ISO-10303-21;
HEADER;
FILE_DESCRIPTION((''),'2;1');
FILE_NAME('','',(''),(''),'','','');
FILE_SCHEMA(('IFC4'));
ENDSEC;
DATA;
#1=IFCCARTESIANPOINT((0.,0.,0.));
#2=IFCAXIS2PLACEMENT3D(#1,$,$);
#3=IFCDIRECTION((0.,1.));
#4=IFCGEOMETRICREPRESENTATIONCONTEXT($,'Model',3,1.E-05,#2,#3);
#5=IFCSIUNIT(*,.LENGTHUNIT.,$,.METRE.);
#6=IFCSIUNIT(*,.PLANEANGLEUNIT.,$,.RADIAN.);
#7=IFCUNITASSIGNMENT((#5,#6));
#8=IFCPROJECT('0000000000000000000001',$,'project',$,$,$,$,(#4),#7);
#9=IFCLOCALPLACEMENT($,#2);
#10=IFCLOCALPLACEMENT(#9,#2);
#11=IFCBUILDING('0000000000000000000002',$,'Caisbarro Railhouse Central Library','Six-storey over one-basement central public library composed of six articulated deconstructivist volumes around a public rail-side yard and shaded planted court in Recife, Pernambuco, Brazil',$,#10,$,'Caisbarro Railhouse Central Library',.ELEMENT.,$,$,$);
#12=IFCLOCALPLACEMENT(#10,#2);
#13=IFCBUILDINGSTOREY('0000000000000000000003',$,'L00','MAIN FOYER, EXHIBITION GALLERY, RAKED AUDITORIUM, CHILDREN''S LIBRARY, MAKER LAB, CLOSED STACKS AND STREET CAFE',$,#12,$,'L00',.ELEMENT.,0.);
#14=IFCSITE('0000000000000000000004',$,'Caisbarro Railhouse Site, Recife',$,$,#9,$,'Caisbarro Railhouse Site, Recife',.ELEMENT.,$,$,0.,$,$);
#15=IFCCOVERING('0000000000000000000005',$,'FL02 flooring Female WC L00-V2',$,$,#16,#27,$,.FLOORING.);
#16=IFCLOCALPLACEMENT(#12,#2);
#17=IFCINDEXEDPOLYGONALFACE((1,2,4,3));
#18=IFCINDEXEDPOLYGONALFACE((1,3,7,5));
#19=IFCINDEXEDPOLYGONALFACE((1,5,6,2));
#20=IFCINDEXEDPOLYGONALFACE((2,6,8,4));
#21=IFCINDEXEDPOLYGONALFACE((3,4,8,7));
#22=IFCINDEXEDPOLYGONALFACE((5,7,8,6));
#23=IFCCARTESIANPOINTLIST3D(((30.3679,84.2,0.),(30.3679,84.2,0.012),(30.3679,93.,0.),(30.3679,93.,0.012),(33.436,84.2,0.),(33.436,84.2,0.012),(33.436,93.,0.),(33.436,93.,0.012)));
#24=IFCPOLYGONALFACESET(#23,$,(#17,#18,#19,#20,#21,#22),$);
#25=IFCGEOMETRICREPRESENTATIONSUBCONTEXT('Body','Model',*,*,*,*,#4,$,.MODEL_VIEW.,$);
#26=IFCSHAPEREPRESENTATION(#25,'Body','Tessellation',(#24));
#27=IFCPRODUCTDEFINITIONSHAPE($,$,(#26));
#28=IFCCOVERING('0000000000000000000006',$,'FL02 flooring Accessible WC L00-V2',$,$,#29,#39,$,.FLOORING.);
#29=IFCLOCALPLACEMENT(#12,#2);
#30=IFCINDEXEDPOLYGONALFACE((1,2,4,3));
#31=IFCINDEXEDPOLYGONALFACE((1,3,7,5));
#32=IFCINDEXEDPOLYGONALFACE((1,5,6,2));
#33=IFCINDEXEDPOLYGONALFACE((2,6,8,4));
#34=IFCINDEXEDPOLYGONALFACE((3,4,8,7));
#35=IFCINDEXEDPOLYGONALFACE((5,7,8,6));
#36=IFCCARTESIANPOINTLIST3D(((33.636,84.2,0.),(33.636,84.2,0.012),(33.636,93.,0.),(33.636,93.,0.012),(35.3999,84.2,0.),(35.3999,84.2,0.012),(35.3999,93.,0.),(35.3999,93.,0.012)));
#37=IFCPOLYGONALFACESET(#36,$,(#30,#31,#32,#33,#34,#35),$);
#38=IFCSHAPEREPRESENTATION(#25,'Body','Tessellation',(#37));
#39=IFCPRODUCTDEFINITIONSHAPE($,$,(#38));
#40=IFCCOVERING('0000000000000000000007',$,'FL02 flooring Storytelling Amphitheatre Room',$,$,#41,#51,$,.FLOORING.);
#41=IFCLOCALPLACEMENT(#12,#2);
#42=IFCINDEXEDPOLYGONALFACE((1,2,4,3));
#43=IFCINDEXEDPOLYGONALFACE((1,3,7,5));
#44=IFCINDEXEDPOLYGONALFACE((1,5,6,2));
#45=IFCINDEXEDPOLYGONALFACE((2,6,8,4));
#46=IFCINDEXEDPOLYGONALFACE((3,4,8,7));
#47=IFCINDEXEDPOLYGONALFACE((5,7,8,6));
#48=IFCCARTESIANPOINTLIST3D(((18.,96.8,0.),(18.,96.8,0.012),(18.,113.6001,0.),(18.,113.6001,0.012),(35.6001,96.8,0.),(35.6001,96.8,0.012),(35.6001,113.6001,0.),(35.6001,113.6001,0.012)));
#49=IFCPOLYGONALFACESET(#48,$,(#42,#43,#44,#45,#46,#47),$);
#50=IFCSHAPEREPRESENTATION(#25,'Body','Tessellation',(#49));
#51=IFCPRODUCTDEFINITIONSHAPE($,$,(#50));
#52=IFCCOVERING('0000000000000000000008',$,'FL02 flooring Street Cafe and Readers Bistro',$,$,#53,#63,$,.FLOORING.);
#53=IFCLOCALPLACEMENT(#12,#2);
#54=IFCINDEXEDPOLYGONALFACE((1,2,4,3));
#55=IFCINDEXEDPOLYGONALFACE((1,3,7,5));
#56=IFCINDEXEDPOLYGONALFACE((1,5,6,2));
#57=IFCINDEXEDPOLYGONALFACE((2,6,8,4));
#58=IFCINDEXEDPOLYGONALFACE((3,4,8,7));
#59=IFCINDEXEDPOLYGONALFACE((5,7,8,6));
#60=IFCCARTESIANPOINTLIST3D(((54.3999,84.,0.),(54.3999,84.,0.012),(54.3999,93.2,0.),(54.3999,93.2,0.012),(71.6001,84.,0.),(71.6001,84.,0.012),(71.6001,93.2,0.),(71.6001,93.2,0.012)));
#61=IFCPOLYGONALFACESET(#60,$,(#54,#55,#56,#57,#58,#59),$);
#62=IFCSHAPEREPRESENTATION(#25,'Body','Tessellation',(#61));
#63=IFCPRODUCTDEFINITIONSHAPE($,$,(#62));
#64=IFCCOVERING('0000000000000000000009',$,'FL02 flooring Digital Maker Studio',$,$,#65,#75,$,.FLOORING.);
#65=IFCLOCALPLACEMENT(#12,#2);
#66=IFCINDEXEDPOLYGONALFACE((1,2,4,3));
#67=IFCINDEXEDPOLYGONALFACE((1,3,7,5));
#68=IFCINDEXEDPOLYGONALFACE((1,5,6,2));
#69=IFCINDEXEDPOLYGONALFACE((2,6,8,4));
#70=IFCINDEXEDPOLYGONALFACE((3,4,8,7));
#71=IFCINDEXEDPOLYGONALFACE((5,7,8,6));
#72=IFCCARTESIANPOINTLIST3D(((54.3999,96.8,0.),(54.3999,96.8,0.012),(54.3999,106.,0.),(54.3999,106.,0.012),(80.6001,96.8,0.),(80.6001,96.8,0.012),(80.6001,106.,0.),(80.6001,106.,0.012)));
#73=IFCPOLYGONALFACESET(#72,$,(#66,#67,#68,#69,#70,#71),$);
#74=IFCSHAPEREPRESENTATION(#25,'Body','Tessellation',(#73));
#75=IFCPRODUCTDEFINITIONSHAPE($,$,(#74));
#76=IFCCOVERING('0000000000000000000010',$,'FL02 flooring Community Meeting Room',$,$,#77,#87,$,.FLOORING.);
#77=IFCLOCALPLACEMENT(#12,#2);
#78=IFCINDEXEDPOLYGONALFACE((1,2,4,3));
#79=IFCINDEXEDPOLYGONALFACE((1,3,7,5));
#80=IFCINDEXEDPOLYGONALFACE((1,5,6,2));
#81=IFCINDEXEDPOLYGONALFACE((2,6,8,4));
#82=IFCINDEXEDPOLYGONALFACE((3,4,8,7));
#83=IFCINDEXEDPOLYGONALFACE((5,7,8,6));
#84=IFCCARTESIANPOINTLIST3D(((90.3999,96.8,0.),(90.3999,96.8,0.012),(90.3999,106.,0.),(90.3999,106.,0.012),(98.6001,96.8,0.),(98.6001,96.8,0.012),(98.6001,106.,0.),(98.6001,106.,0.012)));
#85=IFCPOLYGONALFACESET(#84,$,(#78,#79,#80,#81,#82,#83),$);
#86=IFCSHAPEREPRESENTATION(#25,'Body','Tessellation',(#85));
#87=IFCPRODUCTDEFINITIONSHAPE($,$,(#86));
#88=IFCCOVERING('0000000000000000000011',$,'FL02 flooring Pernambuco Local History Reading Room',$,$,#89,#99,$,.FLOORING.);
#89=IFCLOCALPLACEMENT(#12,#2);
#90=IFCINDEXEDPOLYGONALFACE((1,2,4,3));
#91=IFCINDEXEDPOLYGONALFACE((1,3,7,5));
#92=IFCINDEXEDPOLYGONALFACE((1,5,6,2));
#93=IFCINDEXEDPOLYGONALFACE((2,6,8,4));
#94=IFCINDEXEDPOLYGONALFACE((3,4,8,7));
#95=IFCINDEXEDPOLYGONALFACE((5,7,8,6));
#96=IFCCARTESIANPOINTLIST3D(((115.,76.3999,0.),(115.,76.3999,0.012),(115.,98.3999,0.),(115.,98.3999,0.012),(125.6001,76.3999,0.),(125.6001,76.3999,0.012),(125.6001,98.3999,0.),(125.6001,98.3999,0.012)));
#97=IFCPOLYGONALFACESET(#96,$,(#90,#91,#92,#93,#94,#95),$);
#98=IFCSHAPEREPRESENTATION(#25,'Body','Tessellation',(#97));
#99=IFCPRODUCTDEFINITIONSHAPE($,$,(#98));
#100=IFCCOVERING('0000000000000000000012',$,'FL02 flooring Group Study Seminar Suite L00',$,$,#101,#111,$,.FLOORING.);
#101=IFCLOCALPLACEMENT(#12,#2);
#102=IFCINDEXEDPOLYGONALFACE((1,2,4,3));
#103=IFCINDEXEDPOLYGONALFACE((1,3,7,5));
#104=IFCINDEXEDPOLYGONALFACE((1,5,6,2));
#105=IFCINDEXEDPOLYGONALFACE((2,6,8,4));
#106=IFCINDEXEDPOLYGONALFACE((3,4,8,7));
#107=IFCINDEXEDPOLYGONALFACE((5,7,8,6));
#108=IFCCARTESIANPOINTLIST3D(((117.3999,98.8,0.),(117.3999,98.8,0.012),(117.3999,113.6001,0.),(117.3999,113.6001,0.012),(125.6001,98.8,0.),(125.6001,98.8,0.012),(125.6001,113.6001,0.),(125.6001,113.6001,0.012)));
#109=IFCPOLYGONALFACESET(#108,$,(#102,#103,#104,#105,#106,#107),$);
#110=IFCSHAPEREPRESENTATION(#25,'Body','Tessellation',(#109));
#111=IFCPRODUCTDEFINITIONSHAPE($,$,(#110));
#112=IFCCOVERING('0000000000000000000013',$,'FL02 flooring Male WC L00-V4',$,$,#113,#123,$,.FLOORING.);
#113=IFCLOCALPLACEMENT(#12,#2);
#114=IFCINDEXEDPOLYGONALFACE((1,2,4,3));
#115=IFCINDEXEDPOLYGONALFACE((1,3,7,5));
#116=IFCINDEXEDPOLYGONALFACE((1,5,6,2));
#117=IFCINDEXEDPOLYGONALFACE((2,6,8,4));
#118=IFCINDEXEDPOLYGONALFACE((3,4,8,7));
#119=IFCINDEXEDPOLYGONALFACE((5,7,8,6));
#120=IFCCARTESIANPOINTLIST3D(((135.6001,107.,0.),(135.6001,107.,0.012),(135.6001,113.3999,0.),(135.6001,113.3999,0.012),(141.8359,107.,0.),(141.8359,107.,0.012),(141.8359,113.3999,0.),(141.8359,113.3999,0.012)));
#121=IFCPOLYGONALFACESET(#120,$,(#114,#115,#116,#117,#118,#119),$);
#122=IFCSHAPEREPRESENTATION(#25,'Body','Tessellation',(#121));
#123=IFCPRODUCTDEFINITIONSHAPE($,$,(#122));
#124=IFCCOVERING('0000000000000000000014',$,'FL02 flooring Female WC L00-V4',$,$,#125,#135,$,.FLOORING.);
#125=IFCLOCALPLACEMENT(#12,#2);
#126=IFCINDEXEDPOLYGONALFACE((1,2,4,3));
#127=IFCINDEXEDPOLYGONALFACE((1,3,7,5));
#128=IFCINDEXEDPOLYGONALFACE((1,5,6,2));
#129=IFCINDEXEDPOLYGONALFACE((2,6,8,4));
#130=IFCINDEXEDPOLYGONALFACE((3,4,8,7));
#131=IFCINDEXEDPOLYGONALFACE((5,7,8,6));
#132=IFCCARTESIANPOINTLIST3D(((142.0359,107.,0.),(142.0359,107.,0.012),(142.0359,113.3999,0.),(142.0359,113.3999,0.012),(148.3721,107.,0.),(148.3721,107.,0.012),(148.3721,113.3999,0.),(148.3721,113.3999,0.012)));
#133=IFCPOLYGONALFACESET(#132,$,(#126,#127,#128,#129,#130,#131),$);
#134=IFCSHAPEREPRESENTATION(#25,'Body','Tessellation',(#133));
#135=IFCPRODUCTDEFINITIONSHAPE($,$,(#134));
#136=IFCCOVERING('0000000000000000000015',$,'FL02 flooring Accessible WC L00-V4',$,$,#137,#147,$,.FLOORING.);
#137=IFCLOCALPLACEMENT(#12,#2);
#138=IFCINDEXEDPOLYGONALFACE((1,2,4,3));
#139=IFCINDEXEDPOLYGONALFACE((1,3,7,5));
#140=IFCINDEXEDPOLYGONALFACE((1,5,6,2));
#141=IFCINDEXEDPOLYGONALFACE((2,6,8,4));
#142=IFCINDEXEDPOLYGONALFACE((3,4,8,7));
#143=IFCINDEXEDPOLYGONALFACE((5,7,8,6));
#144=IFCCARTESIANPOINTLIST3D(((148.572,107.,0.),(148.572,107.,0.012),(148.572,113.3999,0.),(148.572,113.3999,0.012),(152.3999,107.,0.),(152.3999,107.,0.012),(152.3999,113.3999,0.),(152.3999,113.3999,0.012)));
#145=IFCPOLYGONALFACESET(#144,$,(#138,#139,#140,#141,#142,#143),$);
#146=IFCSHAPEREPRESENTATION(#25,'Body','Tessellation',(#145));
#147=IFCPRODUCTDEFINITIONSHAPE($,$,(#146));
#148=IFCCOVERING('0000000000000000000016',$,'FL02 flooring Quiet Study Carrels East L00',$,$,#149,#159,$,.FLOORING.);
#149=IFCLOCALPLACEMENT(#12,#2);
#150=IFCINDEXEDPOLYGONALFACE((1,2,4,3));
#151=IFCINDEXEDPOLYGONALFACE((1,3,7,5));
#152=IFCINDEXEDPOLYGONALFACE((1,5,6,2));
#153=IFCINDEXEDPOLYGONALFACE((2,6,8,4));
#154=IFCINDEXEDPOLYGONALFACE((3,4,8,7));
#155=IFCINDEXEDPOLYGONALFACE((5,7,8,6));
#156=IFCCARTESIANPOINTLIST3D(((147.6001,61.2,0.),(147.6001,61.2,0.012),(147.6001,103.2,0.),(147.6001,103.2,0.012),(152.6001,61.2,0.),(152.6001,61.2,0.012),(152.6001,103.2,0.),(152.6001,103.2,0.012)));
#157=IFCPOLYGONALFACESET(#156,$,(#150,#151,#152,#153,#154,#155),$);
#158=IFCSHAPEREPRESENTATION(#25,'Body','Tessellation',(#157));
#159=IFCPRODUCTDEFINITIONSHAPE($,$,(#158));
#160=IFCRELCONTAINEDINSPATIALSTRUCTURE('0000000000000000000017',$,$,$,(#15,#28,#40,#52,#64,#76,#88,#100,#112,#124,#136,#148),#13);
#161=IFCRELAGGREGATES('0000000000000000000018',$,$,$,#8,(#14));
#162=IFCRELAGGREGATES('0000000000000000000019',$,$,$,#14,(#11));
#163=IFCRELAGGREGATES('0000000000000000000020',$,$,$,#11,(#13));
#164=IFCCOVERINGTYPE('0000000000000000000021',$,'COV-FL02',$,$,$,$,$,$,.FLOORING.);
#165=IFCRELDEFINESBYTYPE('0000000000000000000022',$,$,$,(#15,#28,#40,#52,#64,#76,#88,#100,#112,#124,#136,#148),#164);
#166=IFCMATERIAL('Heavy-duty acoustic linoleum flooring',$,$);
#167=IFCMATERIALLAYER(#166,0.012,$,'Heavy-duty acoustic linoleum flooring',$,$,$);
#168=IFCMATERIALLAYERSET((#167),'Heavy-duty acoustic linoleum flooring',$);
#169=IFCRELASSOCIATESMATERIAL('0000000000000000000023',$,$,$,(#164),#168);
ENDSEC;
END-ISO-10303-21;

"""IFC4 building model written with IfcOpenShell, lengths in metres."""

from ifc_helpers import new_model, si_unit, direction, origin, place, context, subcontext, project, spatial, polyline, outline, extrude, material, layer, layer_set, type_object, element, save


model = new_model("IFC4")

# Units and contexts
model_context = context("Model", 3, precision=1e-05, world=origin(), true_north=direction((0.0, 1.0)))
body_context = subcontext(model_context, "Body", "Model", "MODEL_VIEW")
ifc_project = project(units=[si_unit("LENGTHUNIT", "METRE"), si_unit("PLANEANGLEUNIT", "RADIAN")], contexts=[model_context])

# Site, building, storey
site_placement = place(None, origin())
site = spatial("IfcSite", under=ifc_project, at=site_placement, Name="Caisbarro Railhouse Site, Recife", LongName="Caisbarro Railhouse Site, Recife", CompositionType="ELEMENT", RefElevation=0.0)
building_placement = place(site_placement, origin())
building = spatial("IfcBuilding", under=site, at=building_placement, Name="Caisbarro Railhouse Central Library", Description="Six-storey over one-basement central public library composed of six articulated deconstructivist volumes around a public rail-side yard and shaded planted court in Recife, Pernambuco, Brazil", LongName="Caisbarro Railhouse Central Library", CompositionType="ELEMENT")
storey_placement = place(building_placement, origin())
storey = spatial("IfcBuildingStorey", under=building, at=storey_placement, Name="L00", Description="MAIN FOYER, EXHIBITION GALLERY, RAKED AUDITORIUM, CHILDREN'S LIBRARY, MAKER LAB, CLOSED STACKS AND STREET CAFE", LongName="L00", CompositionType="ELEMENT", Elevation=0.0)

# Coverings
ifc_material_1 = material(Name="Heavy-duty acoustic linoleum flooring")
ifc_layer_1 = layer(ifc_material_1, 0.012, Name="Heavy-duty acoustic linoleum flooring")
ifc_layer_set_1 = layer_set([ifc_layer_1], Name="Heavy-duty acoustic linoleum flooring")
covering_type_1 = type_object("IfcCoveringType", Name="COV-FL02", PredefinedType="FLOORING", material=ifc_layer_set_1)
covering_1_placement = place(storey_placement, origin())
element("IfcCovering", 1, at=covering_1_placement, inside=storey, type_object=covering_type_1, Name="FL02 flooring Female WC L00-V2", PredefinedType="FLOORING", context=body_context, shape_type="SweptSolid", body=[
    extrude(outline(polyline([(30.3679, 84.2), (33.436, 84.2), (33.436, 93.0), (30.3679, 93.0), (30.3679, 84.2)])), origin(), (0.0, 0.0, 1.0), 0.012),
])
covering_2_placement = place(storey_placement, origin())
element("IfcCovering", 2, at=covering_2_placement, inside=storey, type_object=covering_type_1, Name="FL02 flooring Accessible WC L00-V2", PredefinedType="FLOORING", context=body_context, shape_type="SweptSolid", body=[
    extrude(outline(polyline([(33.636, 84.2), (35.3999, 84.2), (35.3999, 93.0), (33.636, 93.0), (33.636, 84.2)])), origin(), (0.0, 0.0, 1.0), 0.012),
])
covering_3_placement = place(storey_placement, origin())
element("IfcCovering", 3, at=covering_3_placement, inside=storey, type_object=covering_type_1, Name="FL02 flooring Storytelling Amphitheatre Room", PredefinedType="FLOORING", context=body_context, shape_type="SweptSolid", body=[
    extrude(outline(polyline([(18.0, 96.8), (35.6001, 96.8), (35.6001, 113.6001), (18.0, 113.6001), (18.0, 96.8)])), origin(), (0.0, 0.0, 1.0), 0.012),
])
covering_4_placement = place(storey_placement, origin())
element("IfcCovering", 4, at=covering_4_placement, inside=storey, type_object=covering_type_1, Name="FL02 flooring Street Cafe and Readers Bistro", PredefinedType="FLOORING", context=body_context, shape_type="SweptSolid", body=[
    extrude(outline(polyline([(54.3999, 84.0), (71.6001, 84.0), (71.6001, 93.2), (54.3999, 93.2), (54.3999, 84.0)])), origin(), (0.0, 0.0, 1.0), 0.012),
])
covering_5_placement = place(storey_placement, origin())
element("IfcCovering", 5, at=covering_5_placement, inside=storey, type_object=covering_type_1, Name="FL02 flooring Digital Maker Studio", PredefinedType="FLOORING", context=body_context, shape_type="SweptSolid", body=[
    extrude(outline(polyline([(54.3999, 96.8), (80.6001, 96.8), (80.6001, 106.0), (54.3999, 106.0), (54.3999, 96.8)])), origin(), (0.0, 0.0, 1.0), 0.012),
])
covering_6_placement = place(storey_placement, origin())
element("IfcCovering", 6, at=covering_6_placement, inside=storey, type_object=covering_type_1, Name="FL02 flooring Community Meeting Room", PredefinedType="FLOORING", context=body_context, shape_type="SweptSolid", body=[
    extrude(outline(polyline([(90.3999, 96.8), (98.6001, 96.8), (98.6001, 106.0), (90.3999, 106.0), (90.3999, 96.8)])), origin(), (0.0, 0.0, 1.0), 0.012),
])
covering_7_placement = place(storey_placement, origin())
element("IfcCovering", 7, at=covering_7_placement, inside=storey, type_object=covering_type_1, Name="FL02 flooring Pernambuco Local History Reading Room", PredefinedType="FLOORING", context=body_context, shape_type="SweptSolid", body=[
    extrude(outline(polyline([(115.0, 76.3999), (125.6001, 76.3999), (125.6001, 98.3999), (115.0, 98.3999), (115.0, 76.3999)])), origin(), (0.0, 0.0, 1.0), 0.012),
])
covering_8_placement = place(storey_placement, origin())
element("IfcCovering", 8, at=covering_8_placement, inside=storey, type_object=covering_type_1, Name="FL02 flooring Group Study Seminar Suite L00", PredefinedType="FLOORING", context=body_context, shape_type="SweptSolid", body=[
    extrude(outline(polyline([(117.3999, 98.8), (125.6001, 98.8), (125.6001, 113.6001), (117.3999, 113.6001), (117.3999, 98.8)])), origin(), (0.0, 0.0, 1.0), 0.012),
])
covering_9_placement = place(storey_placement, origin())
element("IfcCovering", 9, at=covering_9_placement, inside=storey, type_object=covering_type_1, Name="FL02 flooring Male WC L00-V4", PredefinedType="FLOORING", context=body_context, shape_type="SweptSolid", body=[
    extrude(outline(polyline([(135.6001, 107.0), (141.8359, 107.0), (141.8359, 113.3999), (135.6001, 113.3999), (135.6001, 107.0)])), origin(), (0.0, 0.0, 1.0), 0.012),
])
covering_10_placement = place(storey_placement, origin())
element("IfcCovering", 10, at=covering_10_placement, inside=storey, type_object=covering_type_1, Name="FL02 flooring Female WC L00-V4", PredefinedType="FLOORING", context=body_context, shape_type="SweptSolid", body=[
    extrude(outline(polyline([(142.0359, 107.0), (148.3721, 107.0), (148.3721, 113.3999), (142.0359, 113.3999), (142.0359, 107.0)])), origin(), (0.0, 0.0, 1.0), 0.012),
])
covering_11_placement = place(storey_placement, origin())
element("IfcCovering", 11, at=covering_11_placement, inside=storey, type_object=covering_type_1, Name="FL02 flooring Accessible WC L00-V4", PredefinedType="FLOORING", context=body_context, shape_type="SweptSolid", body=[
    extrude(outline(polyline([(148.572, 107.0), (152.3999, 107.0), (152.3999, 113.3999), (148.572, 113.3999), (148.572, 107.0)])), origin(), (0.0, 0.0, 1.0), 0.012),
])
covering_12_placement = place(storey_placement, origin())
element("IfcCovering", 12, at=covering_12_placement, inside=storey, type_object=covering_type_1, Name="FL02 flooring Quiet Study Carrels East L00", PredefinedType="FLOORING", context=body_context, shape_type="SweptSolid", body=[
    extrude(outline(polyline([(147.6001, 61.2), (152.6001, 61.2), (152.6001, 103.2), (147.6001, 103.2), (147.6001, 61.2)])), origin(), (0.0, 0.0, 1.0), 0.012),
])

save(model, "model.ifc")
